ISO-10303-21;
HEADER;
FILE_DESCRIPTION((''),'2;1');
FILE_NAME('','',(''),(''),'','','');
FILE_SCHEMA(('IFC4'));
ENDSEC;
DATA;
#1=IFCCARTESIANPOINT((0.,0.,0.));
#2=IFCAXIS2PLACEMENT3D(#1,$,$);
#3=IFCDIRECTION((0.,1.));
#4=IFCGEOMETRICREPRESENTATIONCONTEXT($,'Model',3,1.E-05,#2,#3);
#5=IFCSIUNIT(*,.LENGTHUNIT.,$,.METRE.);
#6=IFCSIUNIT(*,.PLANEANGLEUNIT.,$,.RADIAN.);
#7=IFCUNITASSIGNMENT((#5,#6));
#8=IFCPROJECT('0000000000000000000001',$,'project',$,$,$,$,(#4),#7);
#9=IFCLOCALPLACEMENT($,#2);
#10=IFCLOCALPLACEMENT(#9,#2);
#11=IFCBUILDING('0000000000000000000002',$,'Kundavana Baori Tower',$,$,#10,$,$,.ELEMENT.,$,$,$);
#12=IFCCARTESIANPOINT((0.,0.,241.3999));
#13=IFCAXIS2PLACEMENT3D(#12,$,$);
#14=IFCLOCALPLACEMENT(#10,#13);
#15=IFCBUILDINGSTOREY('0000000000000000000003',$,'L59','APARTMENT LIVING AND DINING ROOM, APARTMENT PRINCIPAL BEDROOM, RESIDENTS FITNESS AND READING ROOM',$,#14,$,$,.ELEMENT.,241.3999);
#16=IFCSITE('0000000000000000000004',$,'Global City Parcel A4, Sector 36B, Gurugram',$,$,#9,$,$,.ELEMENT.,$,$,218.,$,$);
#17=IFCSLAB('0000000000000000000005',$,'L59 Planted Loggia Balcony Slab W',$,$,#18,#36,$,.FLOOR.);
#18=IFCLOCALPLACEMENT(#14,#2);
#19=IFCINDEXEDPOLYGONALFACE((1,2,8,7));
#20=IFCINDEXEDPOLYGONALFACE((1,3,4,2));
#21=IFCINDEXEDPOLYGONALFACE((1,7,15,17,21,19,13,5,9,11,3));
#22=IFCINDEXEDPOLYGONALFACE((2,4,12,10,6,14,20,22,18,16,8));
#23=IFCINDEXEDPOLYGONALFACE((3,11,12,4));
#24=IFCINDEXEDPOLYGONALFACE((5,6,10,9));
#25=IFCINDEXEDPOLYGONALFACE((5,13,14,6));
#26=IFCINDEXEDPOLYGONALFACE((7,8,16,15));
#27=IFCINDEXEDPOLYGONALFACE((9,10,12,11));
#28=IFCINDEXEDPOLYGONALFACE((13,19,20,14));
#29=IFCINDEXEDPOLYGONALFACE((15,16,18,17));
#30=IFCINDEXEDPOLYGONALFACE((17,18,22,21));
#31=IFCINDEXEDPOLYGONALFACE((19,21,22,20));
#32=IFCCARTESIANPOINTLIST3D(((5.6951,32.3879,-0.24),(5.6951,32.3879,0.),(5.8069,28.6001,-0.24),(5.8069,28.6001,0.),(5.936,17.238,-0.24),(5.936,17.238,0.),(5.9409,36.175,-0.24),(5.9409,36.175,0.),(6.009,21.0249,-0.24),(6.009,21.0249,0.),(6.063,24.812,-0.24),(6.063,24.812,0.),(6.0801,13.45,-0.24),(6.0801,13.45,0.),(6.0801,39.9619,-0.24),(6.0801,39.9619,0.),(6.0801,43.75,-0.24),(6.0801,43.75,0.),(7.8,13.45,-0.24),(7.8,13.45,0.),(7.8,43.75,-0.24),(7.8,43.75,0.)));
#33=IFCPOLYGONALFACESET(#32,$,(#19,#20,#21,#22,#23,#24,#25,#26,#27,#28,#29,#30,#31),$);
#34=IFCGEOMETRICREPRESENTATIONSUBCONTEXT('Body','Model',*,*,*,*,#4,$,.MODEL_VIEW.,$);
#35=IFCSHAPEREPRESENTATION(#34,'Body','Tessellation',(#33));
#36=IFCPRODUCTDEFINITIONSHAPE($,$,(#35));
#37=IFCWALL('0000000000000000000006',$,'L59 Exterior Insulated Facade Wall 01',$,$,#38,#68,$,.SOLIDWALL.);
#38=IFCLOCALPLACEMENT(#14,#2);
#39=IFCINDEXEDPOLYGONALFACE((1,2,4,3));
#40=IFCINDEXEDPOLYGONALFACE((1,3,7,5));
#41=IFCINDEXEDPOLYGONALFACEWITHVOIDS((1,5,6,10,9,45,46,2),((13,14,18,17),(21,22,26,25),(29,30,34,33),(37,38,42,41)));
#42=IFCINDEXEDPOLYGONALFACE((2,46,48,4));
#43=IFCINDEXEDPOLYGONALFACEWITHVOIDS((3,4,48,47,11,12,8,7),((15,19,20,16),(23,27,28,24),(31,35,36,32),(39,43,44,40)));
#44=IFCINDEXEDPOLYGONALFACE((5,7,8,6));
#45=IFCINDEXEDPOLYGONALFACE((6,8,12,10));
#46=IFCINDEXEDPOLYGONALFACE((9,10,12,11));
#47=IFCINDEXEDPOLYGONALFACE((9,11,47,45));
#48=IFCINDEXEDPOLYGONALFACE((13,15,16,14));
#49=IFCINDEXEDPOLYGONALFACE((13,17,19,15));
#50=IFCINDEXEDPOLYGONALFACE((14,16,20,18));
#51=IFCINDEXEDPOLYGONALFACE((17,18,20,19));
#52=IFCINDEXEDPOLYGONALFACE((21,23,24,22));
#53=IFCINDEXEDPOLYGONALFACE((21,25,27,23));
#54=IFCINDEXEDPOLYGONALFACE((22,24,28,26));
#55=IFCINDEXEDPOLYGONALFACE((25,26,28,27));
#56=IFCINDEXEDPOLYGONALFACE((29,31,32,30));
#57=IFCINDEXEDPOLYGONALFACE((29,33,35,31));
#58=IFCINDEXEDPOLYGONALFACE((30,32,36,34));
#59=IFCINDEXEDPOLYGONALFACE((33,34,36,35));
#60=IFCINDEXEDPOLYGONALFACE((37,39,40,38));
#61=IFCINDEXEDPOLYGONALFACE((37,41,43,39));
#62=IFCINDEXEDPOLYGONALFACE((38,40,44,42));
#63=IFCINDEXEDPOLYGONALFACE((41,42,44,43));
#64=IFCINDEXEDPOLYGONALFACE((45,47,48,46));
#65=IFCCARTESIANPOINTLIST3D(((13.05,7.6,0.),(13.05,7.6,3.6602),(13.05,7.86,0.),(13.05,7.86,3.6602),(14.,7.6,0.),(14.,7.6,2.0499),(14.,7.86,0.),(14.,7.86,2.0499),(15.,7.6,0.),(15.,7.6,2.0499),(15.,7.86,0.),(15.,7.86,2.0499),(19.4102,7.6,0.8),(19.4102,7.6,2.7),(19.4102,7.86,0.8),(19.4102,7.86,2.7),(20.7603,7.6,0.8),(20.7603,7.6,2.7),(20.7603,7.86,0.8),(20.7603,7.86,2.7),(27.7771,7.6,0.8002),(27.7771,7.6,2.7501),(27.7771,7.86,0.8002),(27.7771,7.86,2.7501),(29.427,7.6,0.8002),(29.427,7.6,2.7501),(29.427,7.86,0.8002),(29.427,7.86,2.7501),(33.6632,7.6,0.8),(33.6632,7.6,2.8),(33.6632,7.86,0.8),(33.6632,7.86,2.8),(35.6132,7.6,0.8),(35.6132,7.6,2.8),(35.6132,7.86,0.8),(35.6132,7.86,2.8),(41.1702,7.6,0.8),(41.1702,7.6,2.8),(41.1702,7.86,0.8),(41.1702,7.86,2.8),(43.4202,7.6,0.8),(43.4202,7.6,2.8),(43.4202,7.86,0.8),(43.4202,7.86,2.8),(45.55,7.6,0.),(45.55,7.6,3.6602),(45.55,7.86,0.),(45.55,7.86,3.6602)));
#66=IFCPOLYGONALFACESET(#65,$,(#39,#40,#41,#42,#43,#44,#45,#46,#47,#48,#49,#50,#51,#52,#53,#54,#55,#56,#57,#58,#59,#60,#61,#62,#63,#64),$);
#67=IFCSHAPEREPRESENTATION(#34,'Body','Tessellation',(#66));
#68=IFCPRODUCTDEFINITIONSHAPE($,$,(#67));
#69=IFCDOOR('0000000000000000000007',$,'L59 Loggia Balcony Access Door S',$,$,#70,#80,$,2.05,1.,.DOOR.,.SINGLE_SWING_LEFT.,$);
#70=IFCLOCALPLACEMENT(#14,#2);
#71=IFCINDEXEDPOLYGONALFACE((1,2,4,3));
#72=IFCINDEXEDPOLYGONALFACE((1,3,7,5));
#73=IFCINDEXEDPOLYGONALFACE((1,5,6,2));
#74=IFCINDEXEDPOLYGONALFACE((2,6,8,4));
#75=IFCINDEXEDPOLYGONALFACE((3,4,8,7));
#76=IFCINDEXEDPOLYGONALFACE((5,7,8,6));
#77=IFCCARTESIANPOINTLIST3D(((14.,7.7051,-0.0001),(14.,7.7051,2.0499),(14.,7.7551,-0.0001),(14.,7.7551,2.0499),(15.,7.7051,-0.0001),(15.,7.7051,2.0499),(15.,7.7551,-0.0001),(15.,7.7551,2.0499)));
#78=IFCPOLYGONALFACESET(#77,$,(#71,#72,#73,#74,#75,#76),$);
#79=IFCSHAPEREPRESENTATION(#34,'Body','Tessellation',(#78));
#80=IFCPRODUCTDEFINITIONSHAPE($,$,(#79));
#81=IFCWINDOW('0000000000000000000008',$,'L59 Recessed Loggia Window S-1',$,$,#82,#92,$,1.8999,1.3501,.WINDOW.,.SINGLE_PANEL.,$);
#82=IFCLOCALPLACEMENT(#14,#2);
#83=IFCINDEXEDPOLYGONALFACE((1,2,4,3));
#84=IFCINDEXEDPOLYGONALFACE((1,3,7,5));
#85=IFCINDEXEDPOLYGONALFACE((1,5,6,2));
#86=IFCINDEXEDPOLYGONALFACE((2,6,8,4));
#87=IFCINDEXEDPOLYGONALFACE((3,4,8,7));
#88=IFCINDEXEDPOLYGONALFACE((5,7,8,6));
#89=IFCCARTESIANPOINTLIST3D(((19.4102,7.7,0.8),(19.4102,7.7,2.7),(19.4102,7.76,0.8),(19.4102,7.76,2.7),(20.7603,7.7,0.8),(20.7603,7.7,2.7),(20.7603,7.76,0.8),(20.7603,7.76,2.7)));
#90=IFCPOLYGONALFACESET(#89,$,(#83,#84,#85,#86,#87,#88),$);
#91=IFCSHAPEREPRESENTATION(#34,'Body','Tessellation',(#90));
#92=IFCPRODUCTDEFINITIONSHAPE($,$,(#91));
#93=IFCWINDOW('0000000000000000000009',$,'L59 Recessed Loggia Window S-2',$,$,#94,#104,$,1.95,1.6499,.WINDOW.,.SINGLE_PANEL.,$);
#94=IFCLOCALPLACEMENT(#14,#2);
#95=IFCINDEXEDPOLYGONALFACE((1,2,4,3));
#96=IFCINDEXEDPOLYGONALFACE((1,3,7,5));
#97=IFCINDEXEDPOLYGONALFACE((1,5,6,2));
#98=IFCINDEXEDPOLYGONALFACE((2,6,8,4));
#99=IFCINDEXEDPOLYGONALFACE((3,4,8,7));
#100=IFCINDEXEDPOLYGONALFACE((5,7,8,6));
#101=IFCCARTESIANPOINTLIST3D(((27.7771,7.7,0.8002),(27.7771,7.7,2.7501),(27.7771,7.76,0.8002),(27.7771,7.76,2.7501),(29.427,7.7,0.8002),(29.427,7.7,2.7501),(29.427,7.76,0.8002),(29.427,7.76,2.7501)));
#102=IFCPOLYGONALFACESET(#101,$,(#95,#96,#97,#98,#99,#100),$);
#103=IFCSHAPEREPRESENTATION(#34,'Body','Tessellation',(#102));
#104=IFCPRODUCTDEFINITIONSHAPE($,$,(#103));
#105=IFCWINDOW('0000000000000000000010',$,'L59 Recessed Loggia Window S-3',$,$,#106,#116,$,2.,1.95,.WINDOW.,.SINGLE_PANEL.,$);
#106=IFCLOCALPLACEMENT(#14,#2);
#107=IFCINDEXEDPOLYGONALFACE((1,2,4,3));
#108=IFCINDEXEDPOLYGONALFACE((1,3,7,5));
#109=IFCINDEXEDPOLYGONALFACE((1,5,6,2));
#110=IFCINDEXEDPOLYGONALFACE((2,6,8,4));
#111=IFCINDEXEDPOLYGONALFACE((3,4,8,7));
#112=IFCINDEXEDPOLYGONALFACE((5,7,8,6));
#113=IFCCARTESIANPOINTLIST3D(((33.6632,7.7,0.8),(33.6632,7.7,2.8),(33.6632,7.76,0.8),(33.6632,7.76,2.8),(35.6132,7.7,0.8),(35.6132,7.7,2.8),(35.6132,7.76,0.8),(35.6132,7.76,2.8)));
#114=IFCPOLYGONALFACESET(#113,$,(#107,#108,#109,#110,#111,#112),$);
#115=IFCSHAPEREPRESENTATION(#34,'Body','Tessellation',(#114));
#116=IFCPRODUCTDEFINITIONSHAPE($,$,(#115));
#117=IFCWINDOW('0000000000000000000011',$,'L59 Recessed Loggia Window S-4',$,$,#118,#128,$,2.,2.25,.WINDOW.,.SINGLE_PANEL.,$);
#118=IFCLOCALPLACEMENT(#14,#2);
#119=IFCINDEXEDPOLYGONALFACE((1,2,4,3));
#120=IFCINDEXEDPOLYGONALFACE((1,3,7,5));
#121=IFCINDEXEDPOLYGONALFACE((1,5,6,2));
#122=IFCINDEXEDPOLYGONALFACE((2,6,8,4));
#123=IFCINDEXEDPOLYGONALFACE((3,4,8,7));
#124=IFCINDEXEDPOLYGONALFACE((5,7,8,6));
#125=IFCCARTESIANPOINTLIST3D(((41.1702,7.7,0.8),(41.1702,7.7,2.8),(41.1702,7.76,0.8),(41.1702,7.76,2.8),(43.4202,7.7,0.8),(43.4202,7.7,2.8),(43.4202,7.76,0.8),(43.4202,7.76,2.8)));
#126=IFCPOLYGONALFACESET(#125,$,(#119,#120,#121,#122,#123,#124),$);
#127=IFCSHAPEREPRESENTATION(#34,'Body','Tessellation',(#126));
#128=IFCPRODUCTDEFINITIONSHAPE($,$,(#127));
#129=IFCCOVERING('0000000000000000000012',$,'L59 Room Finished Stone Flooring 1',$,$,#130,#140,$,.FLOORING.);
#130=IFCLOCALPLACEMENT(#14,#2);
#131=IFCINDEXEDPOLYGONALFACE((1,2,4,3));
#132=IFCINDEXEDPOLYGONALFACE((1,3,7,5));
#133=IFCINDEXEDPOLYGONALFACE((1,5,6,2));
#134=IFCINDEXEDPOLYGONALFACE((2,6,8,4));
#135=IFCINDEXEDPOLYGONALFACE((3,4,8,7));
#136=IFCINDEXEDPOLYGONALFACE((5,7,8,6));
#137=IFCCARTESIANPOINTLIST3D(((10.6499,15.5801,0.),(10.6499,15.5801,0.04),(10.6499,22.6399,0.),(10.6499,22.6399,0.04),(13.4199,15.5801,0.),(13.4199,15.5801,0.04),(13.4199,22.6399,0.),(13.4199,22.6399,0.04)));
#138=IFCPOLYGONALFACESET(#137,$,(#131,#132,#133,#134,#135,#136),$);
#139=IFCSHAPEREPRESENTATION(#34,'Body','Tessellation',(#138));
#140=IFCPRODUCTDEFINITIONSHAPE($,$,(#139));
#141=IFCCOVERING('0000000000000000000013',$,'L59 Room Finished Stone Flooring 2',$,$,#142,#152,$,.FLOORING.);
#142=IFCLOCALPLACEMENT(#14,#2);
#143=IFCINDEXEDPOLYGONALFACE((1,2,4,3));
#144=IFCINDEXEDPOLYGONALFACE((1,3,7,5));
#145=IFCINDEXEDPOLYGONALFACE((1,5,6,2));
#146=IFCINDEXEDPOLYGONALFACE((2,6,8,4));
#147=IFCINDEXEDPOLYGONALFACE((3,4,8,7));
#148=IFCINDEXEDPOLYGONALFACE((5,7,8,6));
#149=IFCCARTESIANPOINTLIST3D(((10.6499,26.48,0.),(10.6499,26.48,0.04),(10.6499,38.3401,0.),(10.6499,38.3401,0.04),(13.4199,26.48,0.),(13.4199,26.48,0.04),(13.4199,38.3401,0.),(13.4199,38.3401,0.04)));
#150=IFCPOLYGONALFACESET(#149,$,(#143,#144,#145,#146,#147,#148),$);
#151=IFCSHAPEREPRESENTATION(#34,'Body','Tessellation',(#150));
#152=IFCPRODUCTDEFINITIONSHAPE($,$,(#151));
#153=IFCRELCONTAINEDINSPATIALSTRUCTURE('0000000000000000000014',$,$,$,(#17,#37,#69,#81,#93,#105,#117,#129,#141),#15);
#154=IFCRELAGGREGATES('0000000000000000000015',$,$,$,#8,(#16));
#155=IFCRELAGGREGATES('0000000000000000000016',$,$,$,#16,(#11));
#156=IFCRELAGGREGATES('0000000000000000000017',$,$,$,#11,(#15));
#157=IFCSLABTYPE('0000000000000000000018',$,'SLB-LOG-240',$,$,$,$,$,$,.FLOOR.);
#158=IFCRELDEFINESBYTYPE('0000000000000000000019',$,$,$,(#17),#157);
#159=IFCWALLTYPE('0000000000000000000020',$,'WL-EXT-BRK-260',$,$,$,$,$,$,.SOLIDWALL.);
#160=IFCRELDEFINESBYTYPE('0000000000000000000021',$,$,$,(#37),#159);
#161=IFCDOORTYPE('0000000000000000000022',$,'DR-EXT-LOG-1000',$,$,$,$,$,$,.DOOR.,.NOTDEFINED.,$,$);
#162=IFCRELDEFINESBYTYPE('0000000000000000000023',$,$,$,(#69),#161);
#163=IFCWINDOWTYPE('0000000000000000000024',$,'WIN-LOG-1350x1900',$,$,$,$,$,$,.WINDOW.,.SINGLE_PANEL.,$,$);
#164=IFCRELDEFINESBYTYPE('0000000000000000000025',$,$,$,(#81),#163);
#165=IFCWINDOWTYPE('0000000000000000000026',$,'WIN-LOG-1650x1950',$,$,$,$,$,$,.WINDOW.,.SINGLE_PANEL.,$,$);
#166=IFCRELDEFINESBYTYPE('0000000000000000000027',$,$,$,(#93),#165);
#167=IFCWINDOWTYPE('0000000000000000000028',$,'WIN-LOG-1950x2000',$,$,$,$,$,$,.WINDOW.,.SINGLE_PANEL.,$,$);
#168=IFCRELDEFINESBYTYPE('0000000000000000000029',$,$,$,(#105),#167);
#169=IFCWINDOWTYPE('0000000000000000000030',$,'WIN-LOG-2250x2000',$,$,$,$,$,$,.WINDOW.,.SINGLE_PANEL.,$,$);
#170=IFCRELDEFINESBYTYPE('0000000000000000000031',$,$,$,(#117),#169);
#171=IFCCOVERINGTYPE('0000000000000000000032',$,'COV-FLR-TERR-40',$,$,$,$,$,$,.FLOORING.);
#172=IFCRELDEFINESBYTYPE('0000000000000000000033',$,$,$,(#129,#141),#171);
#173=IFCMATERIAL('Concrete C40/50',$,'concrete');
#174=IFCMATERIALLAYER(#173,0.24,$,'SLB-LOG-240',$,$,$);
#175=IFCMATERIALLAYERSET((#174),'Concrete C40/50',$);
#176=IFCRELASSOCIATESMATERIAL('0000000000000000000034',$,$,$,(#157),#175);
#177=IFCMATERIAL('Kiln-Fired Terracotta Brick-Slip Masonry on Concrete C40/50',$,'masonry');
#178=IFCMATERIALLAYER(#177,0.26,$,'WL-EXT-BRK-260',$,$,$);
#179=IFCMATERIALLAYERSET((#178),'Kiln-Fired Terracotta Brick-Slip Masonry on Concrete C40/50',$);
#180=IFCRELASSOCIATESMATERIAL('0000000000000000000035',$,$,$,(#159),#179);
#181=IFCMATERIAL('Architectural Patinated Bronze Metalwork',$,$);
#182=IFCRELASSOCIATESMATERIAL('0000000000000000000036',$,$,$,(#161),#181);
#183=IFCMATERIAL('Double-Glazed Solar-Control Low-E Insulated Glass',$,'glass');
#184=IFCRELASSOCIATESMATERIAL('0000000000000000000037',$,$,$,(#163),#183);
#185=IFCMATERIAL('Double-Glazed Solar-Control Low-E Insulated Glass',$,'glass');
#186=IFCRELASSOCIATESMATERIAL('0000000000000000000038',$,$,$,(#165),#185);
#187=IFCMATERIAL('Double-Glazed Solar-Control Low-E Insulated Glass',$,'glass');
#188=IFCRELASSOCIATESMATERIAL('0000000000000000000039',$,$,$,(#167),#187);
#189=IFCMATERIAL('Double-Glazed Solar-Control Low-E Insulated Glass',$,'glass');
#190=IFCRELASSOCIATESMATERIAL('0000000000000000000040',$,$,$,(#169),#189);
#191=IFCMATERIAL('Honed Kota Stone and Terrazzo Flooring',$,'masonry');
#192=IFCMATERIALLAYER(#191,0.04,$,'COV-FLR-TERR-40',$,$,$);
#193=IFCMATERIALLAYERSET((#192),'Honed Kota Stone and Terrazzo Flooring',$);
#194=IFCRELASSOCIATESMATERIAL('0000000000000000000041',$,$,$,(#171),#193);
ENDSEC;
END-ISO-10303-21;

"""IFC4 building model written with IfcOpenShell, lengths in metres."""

from ifc_helpers import new_model, si_unit, direction, frame, frame_2d, origin, place, context, subcontext, project, spatial, polyline, rectangle, outline, extrude, material, layer, layer_set, type_object, element, fill, save


model = new_model("IFC4")

# Units and contexts
model_context = context("Model", 3, precision=1e-05, world=origin(), true_north=direction((0.0, 1.0)))
body_context = subcontext(model_context, "Body", "Model", "MODEL_VIEW")
ifc_project = project(units=[si_unit("LENGTHUNIT", "METRE"), si_unit("PLANEANGLEUNIT", "RADIAN")], contexts=[model_context])

# Site, building, storey
site_placement = place(None, origin())
site = spatial("IfcSite", under=ifc_project, at=site_placement, Name="Global City Parcel A4, Sector 36B, Gurugram", CompositionType="ELEMENT", RefElevation=218.0)
building_placement = place(site_placement, origin())
building = spatial("IfcBuilding", under=site, at=building_placement, Name="Kundavana Baori Tower", CompositionType="ELEMENT")
storey_placement = place(building_placement, frame((0.0, 0.0, 241.3999)))
storey = spatial("IfcBuildingStorey", under=building, at=storey_placement, Name="L59", Description="APARTMENT LIVING AND DINING ROOM, APARTMENT PRINCIPAL BEDROOM, RESIDENTS FITNESS AND READING ROOM", CompositionType="ELEMENT", Elevation=241.3999)

# Slab
ifc_material_1 = material(Name="Concrete C40/50", Category="concrete")
ifc_layer_1 = layer(ifc_material_1, 0.24, Name="SLB-LOG-240")
ifc_layer_set_1 = layer_set([ifc_layer_1], Name="Concrete C40/50")
slab_type_1 = type_object("IfcSlabType", Name="SLB-LOG-240", PredefinedType="FLOOR", material=ifc_layer_set_1)
slab_1_placement = place(storey_placement, frame((0.0, 0.0, -0.24)))
element("IfcSlab", 1, at=slab_1_placement, inside=storey, type_object=slab_type_1, Name="L59 Planted Loggia Balcony Slab W", PredefinedType="FLOOR", context=body_context, shape_type="SweptSolid", body=[
    extrude(outline(polyline([(7.8, 43.75), (7.8, 13.45), (6.0801, 13.45), (5.936, 17.238), (6.009, 21.0249), (6.063, 24.812), (5.8069, 28.6001), (5.6951, 32.3879), (5.9409, 36.175), (6.0801, 39.9619), (6.0801, 43.75), (7.8, 43.75)])), origin(), (0.0, 0.0, 1.0), 0.24),
])

# Wall, openings, door, windows
ifc_material_2 = material(Name="Kiln-Fired Terracotta Brick-Slip Masonry on Concrete C40/50", Category="masonry")
ifc_layer_2 = layer(ifc_material_2, 0.26, Name="WL-EXT-BRK-260")
ifc_layer_set_2 = layer_set([ifc_layer_2], Name="Kiln-Fired Terracotta Brick-Slip Masonry on Concrete C40/50")
wall_type = type_object("IfcWallType", Name="WL-EXT-BRK-260", PredefinedType="SOLIDWALL", material=ifc_layer_set_2)
wall_placement = place(storey_placement, frame((13.05, 7.73, 0.0), z_axis=(0.0, 0.0, 1.0), x_axis=(1.0, 0.0, 0.0)))
wall = element("IfcWall", 2, at=wall_placement, inside=storey, type_object=wall_type, Name="L59 Exterior Insulated Facade Wall 01", PredefinedType="SOLIDWALL", context=body_context, shape_type="SweptSolid", body=[
    extrude(rectangle(XDim=32.5, YDim=0.26, at=frame_2d((16.25, 0.0))), origin(), (0.0, 0.0, 1.0), 3.6602),
])
opening_1_placement = place(wall_placement, frame((0.95, 0.0, 0.0)))
opening_1 = element("IfcOpeningElement", 3, at=opening_1_placement, cuts=wall, PredefinedType="OPENING", context=body_context, shape_type="SweptSolid", body=[
    extrude(rectangle(XDim=1.0, YDim=2.05, at=frame_2d((0.5, 1.0249))), frame((0.0, 0.1401, 0.0), z_axis=(0.0, -1.0, 0.0), x_axis=(1.0, 0.0, 0.0)), (0.0, 0.0, 1.0), 0.28),
])
opening_2_placement = place(wall_placement, frame((6.3601, 0.0, 0.8)))
opening_2 = element("IfcOpeningElement", 4, at=opening_2_placement, cuts=wall, PredefinedType="OPENING", context=body_context, shape_type="SweptSolid", body=[
    extrude(rectangle(XDim=1.3501, YDim=1.8999, at=frame_2d((0.675, 0.95))), frame((0.0, 0.1401, 0.0), z_axis=(0.0, -1.0, 0.0), x_axis=(1.0, 0.0, 0.0)), (0.0, 0.0, 1.0), 0.28),
])
opening_3_placement = place(wall_placement, frame((14.7271, 0.0, 0.8)))
opening_3 = element("IfcOpeningElement", 5, at=opening_3_placement, cuts=wall, PredefinedType="OPENING", context=body_context, shape_type="SweptSolid", body=[
    extrude(rectangle(XDim=1.6499, YDim=1.95, at=frame_2d((0.825, 0.9751))), frame((0.0, 0.1401, 0.0), z_axis=(0.0, -1.0, 0.0), x_axis=(1.0, 0.0, 0.0)), (0.0, 0.0, 1.0), 0.28),
])
opening_4_placement = place(wall_placement, frame((20.613, 0.0, 0.8)))
opening_4 = element("IfcOpeningElement", 6, at=opening_4_placement, cuts=wall, PredefinedType="OPENING", context=body_context, shape_type="SweptSolid", body=[
    extrude(rectangle(XDim=1.95, YDim=2.0, at=frame_2d((0.9751, 1.0))), frame((0.0, 0.1401, 0.0), z_axis=(0.0, -1.0, 0.0), x_axis=(1.0, 0.0, 0.0)), (0.0, 0.0, 1.0), 0.28),
])
opening_5_placement = place(wall_placement, frame((28.1201, 0.0, 0.8)))
opening_5 = element("IfcOpeningElement", 7, at=opening_5_placement, cuts=wall, PredefinedType="OPENING", context=body_context, shape_type="SweptSolid", body=[
    extrude(rectangle(XDim=2.25, YDim=2.0, at=frame_2d((1.125, 1.0))), frame((0.0, 0.1401, 0.0), z_axis=(0.0, -1.0, 0.0), x_axis=(1.0, 0.0, 0.0)), (0.0, 0.0, 1.0), 0.28),
])
ifc_material_3 = material(Name="Architectural Patinated Bronze Metalwork")
door_type = type_object("IfcDoorType", Name="DR-EXT-LOG-1000", OperationType="NOTDEFINED", PredefinedType="DOOR", material=ifc_material_3)
door_placement = place(opening_1_placement, frame((1.0, 0.0, 0.0), z_axis=(0.0, 0.0, 1.0), x_axis=(-1.0, 0.0, 0.0)))
door = element("IfcDoor", 8, at=door_placement, inside=storey, type_object=door_type, Name="L59 Loggia Balcony Access Door S", OperationType="SINGLE_SWING_LEFT", OverallHeight=2.05, OverallWidth=1.0, PredefinedType="DOOR", context=body_context, shape_type="SweptSolid", body=[
    extrude(rectangle(XDim=1.0, YDim=2.05, at=frame_2d((0.5, 1.0249))), frame((0.0, 0.0249, 0.0), z_axis=(0.0, -1.0, 0.0), x_axis=(1.0, 0.0, 0.0)), (0.0, 0.0, 1.0), 0.05),
])
fill(opening_1, door)
ifc_material_4 = material(Name="Double-Glazed Solar-Control Low-E Insulated Glass", Category="glass")
window_type_1 = type_object("IfcWindowType", Name="WIN-LOG-1350x1900", PartitioningType="SINGLE_PANEL", PredefinedType="WINDOW", material=ifc_material_4)
window_1_placement = place(opening_2_placement, origin())
window_1 = element("IfcWindow", 9, at=window_1_placement, inside=storey, type_object=window_type_1, Name="L59 Recessed Loggia Window S-1", OverallHeight=1.8999, OverallWidth=1.3501, PartitioningType="SINGLE_PANEL", PredefinedType="WINDOW", context=body_context, shape_type="SweptSolid", body=[
    extrude(rectangle(XDim=1.3501, YDim=1.8999, at=frame_2d((0.675, 0.95))), frame((0.0, 0.03, 0.0), z_axis=(0.0, -1.0, 0.0), x_axis=(1.0, 0.0, 0.0)), (0.0, 0.0, 1.0), 0.0601),
])
fill(opening_2, window_1)
ifc_material_5 = material(Name="Double-Glazed Solar-Control Low-E Insulated Glass", Category="glass")
window_type_2 = type_object("IfcWindowType", Name="WIN-LOG-1650x1950", PartitioningType="SINGLE_PANEL", PredefinedType="WINDOW", material=ifc_material_5)
window_2_placement = place(opening_3_placement, origin())
window_2 = element("IfcWindow", 10, at=window_2_placement, inside=storey, type_object=window_type_2, Name="L59 Recessed Loggia Window S-2", OverallHeight=1.95, OverallWidth=1.6499, PartitioningType="SINGLE_PANEL", PredefinedType="WINDOW", context=body_context, shape_type="SweptSolid", body=[
    extrude(rectangle(XDim=1.6499, YDim=1.95, at=frame_2d((0.825, 0.9751))), frame((0.0, 0.03, 0.0), z_axis=(0.0, -1.0, 0.0), x_axis=(1.0, 0.0, 0.0)), (0.0, 0.0, 1.0), 0.0601),
])
fill(opening_3, window_2)
ifc_material_6 = material(Name="Double-Glazed Solar-Control Low-E Insulated Glass", Category="glass")
window_type_3 = type_object("IfcWindowType", Name="WIN-LOG-1950x2000", PartitioningType="SINGLE_PANEL", PredefinedType="WINDOW", material=ifc_material_6)
window_3_placement = place(opening_4_placement, origin())
window_3 = element("IfcWindow", 11, at=window_3_placement, inside=storey, type_object=window_type_3, Name="L59 Recessed Loggia Window S-3", OverallHeight=2.0, OverallWidth=1.95, PartitioningType="SINGLE_PANEL", PredefinedType="WINDOW", context=body_context, shape_type="SweptSolid", body=[
    extrude(rectangle(XDim=1.95, YDim=2.0, at=frame_2d((0.9751, 1.0))), frame((0.0, 0.03, 0.0), z_axis=(0.0, -1.0, 0.0), x_axis=(1.0, 0.0, 0.0)), (0.0, 0.0, 1.0), 0.0601),
])
fill(opening_4, window_3)
ifc_material_7 = material(Name="Double-Glazed Solar-Control Low-E Insulated Glass", Category="glass")
window_type_4 = type_object("IfcWindowType", Name="WIN-LOG-2250x2000", PartitioningType="SINGLE_PANEL", PredefinedType="WINDOW", material=ifc_material_7)
window_4_placement = place(opening_5_placement, origin())
window_4 = element("IfcWindow", 12, at=window_4_placement, inside=storey, type_object=window_type_4, Name="L59 Recessed Loggia Window S-4", OverallHeight=2.0, OverallWidth=2.25, PartitioningType="SINGLE_PANEL", PredefinedType="WINDOW", context=body_context, shape_type="SweptSolid", body=[
    extrude(rectangle(XDim=2.25, YDim=2.0, at=frame_2d((1.125, 1.0))), frame((0.0, 0.03, 0.0), z_axis=(0.0, -1.0, 0.0), x_axis=(1.0, 0.0, 0.0)), (0.0, 0.0, 1.0), 0.0601),
])
fill(opening_5, window_4)

# Coverings
ifc_material_8 = material(Name="Honed Kota Stone and Terrazzo Flooring", Category="masonry")
ifc_layer_3 = layer(ifc_material_8, 0.04, Name="COV-FLR-TERR-40")
ifc_layer_set_3 = layer_set([ifc_layer_3], Name="Honed Kota Stone and Terrazzo Flooring")
covering_type_1 = type_object("IfcCoveringType", Name="COV-FLR-TERR-40", PredefinedType="FLOORING", material=ifc_layer_set_3)
covering_1_placement = place(storey_placement, origin())
element("IfcCovering", 13, at=covering_1_placement, inside=storey, type_object=covering_type_1, Name="L59 Room Finished Stone Flooring 1", PredefinedType="FLOORING", context=body_context, shape_type="SweptSolid", body=[
    extrude(outline(polyline([(10.6499, 15.5801), (13.4199, 15.5801), (13.4199, 22.6399), (10.6499, 22.6399), (10.6499, 15.5801)])), origin(), (0.0, 0.0, 1.0), 0.04),
])
covering_2_placement = place(storey_placement, origin())
element("IfcCovering", 14, at=covering_2_placement, inside=storey, type_object=covering_type_1, Name="L59 Room Finished Stone Flooring 2", PredefinedType="FLOORING", context=body_context, shape_type="SweptSolid", body=[
    extrude(outline(polyline([(10.6499, 26.48), (13.4199, 26.48), (13.4199, 38.3401), (10.6499, 38.3401), (10.6499, 26.48)])), origin(), (0.0, 0.0, 1.0), 0.04),
])

save(model, "model.ifc")
